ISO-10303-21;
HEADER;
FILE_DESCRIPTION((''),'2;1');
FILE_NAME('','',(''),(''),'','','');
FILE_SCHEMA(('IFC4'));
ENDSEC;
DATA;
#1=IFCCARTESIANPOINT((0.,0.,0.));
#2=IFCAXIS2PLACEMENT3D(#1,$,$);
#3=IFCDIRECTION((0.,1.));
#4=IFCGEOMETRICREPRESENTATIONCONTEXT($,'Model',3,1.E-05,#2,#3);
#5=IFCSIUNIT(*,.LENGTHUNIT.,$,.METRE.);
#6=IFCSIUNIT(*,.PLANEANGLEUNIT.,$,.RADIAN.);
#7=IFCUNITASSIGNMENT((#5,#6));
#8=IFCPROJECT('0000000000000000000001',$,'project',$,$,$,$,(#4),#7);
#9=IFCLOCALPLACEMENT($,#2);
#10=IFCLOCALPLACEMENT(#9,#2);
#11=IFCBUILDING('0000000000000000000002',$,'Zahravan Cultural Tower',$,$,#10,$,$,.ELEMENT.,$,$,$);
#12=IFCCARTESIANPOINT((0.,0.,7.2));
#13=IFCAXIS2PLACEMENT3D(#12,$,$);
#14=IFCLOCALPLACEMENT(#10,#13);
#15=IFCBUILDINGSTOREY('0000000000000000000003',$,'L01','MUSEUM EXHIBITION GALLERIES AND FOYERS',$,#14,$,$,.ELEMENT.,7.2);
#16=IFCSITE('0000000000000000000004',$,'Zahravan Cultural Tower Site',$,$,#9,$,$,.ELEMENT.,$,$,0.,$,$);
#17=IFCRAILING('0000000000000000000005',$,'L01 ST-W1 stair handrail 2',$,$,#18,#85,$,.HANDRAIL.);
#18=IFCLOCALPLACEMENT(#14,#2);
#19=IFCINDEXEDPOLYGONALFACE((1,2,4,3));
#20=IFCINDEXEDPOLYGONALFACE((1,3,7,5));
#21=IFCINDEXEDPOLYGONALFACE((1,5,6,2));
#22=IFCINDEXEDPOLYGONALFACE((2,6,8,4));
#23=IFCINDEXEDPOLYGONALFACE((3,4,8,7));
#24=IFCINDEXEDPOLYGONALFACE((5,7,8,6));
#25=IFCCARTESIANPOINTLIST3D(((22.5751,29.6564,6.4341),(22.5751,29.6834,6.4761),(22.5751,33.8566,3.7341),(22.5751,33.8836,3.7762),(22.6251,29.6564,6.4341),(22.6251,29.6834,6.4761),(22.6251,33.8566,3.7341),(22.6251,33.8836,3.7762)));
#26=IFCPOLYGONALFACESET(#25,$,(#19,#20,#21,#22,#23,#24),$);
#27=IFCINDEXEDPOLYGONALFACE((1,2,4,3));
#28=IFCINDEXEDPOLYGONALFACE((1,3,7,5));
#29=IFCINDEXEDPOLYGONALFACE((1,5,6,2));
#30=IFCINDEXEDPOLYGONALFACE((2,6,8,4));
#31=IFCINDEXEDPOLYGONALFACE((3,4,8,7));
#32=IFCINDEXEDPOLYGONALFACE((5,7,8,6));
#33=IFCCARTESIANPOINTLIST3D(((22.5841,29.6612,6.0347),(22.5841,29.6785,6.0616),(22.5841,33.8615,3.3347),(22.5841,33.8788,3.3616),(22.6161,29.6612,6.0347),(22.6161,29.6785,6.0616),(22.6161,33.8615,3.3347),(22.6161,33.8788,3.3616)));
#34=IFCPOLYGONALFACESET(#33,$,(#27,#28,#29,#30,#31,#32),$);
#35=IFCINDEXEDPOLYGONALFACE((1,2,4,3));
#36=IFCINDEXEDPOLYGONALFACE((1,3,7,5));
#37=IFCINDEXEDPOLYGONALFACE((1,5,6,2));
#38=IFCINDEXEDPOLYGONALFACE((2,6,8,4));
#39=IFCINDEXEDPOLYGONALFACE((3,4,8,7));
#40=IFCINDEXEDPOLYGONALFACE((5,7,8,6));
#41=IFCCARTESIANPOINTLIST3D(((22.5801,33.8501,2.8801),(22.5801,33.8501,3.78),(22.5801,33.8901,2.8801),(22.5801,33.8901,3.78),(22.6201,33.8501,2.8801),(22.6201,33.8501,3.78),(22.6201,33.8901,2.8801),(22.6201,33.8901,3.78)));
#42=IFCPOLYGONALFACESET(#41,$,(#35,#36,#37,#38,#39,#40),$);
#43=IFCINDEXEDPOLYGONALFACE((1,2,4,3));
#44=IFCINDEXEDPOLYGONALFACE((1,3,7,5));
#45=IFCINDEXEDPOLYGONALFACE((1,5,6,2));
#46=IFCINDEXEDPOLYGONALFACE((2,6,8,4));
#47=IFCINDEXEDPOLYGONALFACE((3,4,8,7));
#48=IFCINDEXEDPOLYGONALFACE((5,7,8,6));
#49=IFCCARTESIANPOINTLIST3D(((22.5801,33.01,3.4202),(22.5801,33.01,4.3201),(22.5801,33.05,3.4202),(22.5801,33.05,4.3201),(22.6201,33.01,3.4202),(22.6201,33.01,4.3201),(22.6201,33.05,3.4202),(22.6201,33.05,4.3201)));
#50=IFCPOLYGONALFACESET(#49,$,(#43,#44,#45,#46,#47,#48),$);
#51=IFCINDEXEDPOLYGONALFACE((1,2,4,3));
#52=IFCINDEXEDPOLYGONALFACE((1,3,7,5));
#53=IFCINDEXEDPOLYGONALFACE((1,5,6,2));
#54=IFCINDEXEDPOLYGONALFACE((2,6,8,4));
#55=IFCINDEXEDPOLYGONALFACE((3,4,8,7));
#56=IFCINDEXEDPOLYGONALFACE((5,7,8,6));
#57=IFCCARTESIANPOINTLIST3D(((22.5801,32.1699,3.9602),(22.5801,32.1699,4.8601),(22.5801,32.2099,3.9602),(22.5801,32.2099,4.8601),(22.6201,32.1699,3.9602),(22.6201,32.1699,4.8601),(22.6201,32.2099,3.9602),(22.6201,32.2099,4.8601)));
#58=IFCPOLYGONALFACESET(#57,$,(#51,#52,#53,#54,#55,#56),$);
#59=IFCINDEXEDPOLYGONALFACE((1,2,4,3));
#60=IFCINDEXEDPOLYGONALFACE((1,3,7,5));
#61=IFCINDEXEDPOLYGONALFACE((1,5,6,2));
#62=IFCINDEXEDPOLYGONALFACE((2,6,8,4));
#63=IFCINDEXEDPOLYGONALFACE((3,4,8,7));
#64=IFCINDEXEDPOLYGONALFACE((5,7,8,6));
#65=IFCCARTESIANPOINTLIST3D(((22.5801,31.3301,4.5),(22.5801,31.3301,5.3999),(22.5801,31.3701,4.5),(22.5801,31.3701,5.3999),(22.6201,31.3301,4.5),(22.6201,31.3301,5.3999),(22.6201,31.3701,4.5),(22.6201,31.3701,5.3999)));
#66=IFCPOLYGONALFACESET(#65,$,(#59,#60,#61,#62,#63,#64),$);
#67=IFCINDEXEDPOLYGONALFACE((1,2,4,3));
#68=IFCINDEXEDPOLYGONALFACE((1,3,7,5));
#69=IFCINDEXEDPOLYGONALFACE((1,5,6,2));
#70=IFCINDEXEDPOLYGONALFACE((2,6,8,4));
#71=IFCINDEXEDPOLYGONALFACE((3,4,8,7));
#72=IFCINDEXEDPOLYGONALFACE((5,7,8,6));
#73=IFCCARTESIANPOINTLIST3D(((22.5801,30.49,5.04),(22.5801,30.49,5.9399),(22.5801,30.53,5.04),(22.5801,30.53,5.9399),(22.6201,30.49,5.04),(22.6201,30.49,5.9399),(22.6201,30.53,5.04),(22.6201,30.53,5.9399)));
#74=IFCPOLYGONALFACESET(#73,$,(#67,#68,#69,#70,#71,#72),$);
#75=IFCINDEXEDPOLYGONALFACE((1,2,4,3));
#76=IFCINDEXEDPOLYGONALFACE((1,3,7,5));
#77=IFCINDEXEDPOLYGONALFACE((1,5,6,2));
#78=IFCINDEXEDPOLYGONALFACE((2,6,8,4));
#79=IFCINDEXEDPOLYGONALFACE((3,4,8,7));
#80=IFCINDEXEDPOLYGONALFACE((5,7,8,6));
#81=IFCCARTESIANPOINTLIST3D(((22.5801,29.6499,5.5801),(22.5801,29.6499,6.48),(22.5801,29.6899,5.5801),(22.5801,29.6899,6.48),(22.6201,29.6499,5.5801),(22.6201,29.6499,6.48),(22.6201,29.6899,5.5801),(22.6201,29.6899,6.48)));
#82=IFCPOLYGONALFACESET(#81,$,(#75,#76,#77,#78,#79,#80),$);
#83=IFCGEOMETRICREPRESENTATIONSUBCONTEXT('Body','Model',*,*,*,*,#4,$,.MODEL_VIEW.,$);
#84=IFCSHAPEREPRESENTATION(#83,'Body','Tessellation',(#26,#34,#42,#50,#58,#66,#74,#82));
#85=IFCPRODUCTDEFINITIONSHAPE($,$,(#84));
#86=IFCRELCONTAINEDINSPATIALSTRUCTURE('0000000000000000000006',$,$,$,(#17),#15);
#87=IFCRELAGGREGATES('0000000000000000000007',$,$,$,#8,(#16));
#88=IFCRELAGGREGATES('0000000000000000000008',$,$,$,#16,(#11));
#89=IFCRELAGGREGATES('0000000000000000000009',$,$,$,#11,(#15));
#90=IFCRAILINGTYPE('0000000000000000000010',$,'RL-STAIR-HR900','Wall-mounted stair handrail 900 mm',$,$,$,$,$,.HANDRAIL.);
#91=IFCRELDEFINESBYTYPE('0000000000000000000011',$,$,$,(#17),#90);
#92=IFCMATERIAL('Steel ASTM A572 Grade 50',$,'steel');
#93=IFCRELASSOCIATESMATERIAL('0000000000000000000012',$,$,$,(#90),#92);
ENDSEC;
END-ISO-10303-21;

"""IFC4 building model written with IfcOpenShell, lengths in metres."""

from ifc_helpers import new_model, si_unit, direction, frame, origin, origin_2d, place, context, subcontext, project, spatial, rectangle, extrude, material, type_object, element, save


model = new_model("IFC4")

# Units and contexts
model_context = context("Model", 3, precision=1e-05, world=origin(), true_north=direction((0.0, 1.0)))
body_context = subcontext(model_context, "Body", "Model", "MODEL_VIEW")
ifc_project = project(units=[si_unit("LENGTHUNIT", "METRE"), si_unit("PLANEANGLEUNIT", "RADIAN")], contexts=[model_context])

# Site, building, storey
site_placement = place(None, origin())
site = spatial("IfcSite", under=ifc_project, at=site_placement, Name="Zahravan Cultural Tower Site", CompositionType="ELEMENT", RefElevation=0.0)
building_placement = place(site_placement, origin())
building = spatial("IfcBuilding", under=site, at=building_placement, Name="Zahravan Cultural Tower", CompositionType="ELEMENT")
storey_placement = place(building_placement, frame((0.0, 0.0, 7.2)))
storey = spatial("IfcBuildingStorey", under=building, at=storey_placement, Name="L01", Description="MUSEUM EXHIBITION GALLERIES AND FOYERS", CompositionType="ELEMENT", Elevation=7.2)

# Shared definitions
ifc_material_1 = material(Name="Steel ASTM A572 Grade 50", Category="steel")

# Railing
railing_type_1 = type_object("IfcRailingType", Name="RL-STAIR-HR900", Description="Wall-mounted stair handrail 900 mm", PredefinedType="HANDRAIL", material=ifc_material_1)
railing_1_placement = place(storey_placement, frame((22.6001, 33.8701, 2.8801)))
element("IfcRailing", 1, at=railing_1_placement, inside=storey, type_object=railing_type_1, Name="L01 ST-W1 stair handrail 2", PredefinedType="HANDRAIL", context=body_context, shape_type="SweptSolid", body=[
    extrude(rectangle(XDim=0.05, YDim=0.05, at=origin_2d()), frame((0.0, 0.0, 0.875), z_axis=(0.0, -0.841194, 0.540733), x_axis=(1.0, 0.0, 0.0)), (0.0, 0.0, 1.0), 4.9932),
    extrude(rectangle(XDim=0.032, YDim=0.032, at=origin_2d()), frame((0.0, 0.0, 0.468), z_axis=(0.0, -0.841194, 0.540733), x_axis=(1.0, 0.0, 0.0)), (0.0, 0.0, 1.0), 4.9932),
    extrude(rectangle(XDim=0.04, YDim=0.04, at=origin_2d()), origin(), (0.0, 0.0, 1.0), 0.8999),
    extrude(rectangle(XDim=0.04, YDim=0.04, at=origin_2d()), frame((0.0, -0.8401, 0.54)), (0.0, 0.0, 1.0), 0.8999),
    extrude(rectangle(XDim=0.04, YDim=0.04, at=origin_2d()), frame((0.0, -1.6802, 1.0801)), (0.0, 0.0, 1.0), 0.8999),
    extrude(rectangle(XDim=0.04, YDim=0.04, at=origin_2d()), frame((0.0, -2.52, 1.6199)), (0.0, 0.0, 1.0), 0.8999),
    extrude(rectangle(XDim=0.04, YDim=0.04, at=origin_2d()), frame((0.0, -3.3601, 2.1599)), (0.0, 0.0, 1.0), 0.8999),
    extrude(rectangle(XDim=0.04, YDim=0.04, at=origin_2d()), frame((0.0, -4.2002, 2.7)), (0.0, 0.0, 1.0), 0.8999),
])

save(model, "model.ifc")
